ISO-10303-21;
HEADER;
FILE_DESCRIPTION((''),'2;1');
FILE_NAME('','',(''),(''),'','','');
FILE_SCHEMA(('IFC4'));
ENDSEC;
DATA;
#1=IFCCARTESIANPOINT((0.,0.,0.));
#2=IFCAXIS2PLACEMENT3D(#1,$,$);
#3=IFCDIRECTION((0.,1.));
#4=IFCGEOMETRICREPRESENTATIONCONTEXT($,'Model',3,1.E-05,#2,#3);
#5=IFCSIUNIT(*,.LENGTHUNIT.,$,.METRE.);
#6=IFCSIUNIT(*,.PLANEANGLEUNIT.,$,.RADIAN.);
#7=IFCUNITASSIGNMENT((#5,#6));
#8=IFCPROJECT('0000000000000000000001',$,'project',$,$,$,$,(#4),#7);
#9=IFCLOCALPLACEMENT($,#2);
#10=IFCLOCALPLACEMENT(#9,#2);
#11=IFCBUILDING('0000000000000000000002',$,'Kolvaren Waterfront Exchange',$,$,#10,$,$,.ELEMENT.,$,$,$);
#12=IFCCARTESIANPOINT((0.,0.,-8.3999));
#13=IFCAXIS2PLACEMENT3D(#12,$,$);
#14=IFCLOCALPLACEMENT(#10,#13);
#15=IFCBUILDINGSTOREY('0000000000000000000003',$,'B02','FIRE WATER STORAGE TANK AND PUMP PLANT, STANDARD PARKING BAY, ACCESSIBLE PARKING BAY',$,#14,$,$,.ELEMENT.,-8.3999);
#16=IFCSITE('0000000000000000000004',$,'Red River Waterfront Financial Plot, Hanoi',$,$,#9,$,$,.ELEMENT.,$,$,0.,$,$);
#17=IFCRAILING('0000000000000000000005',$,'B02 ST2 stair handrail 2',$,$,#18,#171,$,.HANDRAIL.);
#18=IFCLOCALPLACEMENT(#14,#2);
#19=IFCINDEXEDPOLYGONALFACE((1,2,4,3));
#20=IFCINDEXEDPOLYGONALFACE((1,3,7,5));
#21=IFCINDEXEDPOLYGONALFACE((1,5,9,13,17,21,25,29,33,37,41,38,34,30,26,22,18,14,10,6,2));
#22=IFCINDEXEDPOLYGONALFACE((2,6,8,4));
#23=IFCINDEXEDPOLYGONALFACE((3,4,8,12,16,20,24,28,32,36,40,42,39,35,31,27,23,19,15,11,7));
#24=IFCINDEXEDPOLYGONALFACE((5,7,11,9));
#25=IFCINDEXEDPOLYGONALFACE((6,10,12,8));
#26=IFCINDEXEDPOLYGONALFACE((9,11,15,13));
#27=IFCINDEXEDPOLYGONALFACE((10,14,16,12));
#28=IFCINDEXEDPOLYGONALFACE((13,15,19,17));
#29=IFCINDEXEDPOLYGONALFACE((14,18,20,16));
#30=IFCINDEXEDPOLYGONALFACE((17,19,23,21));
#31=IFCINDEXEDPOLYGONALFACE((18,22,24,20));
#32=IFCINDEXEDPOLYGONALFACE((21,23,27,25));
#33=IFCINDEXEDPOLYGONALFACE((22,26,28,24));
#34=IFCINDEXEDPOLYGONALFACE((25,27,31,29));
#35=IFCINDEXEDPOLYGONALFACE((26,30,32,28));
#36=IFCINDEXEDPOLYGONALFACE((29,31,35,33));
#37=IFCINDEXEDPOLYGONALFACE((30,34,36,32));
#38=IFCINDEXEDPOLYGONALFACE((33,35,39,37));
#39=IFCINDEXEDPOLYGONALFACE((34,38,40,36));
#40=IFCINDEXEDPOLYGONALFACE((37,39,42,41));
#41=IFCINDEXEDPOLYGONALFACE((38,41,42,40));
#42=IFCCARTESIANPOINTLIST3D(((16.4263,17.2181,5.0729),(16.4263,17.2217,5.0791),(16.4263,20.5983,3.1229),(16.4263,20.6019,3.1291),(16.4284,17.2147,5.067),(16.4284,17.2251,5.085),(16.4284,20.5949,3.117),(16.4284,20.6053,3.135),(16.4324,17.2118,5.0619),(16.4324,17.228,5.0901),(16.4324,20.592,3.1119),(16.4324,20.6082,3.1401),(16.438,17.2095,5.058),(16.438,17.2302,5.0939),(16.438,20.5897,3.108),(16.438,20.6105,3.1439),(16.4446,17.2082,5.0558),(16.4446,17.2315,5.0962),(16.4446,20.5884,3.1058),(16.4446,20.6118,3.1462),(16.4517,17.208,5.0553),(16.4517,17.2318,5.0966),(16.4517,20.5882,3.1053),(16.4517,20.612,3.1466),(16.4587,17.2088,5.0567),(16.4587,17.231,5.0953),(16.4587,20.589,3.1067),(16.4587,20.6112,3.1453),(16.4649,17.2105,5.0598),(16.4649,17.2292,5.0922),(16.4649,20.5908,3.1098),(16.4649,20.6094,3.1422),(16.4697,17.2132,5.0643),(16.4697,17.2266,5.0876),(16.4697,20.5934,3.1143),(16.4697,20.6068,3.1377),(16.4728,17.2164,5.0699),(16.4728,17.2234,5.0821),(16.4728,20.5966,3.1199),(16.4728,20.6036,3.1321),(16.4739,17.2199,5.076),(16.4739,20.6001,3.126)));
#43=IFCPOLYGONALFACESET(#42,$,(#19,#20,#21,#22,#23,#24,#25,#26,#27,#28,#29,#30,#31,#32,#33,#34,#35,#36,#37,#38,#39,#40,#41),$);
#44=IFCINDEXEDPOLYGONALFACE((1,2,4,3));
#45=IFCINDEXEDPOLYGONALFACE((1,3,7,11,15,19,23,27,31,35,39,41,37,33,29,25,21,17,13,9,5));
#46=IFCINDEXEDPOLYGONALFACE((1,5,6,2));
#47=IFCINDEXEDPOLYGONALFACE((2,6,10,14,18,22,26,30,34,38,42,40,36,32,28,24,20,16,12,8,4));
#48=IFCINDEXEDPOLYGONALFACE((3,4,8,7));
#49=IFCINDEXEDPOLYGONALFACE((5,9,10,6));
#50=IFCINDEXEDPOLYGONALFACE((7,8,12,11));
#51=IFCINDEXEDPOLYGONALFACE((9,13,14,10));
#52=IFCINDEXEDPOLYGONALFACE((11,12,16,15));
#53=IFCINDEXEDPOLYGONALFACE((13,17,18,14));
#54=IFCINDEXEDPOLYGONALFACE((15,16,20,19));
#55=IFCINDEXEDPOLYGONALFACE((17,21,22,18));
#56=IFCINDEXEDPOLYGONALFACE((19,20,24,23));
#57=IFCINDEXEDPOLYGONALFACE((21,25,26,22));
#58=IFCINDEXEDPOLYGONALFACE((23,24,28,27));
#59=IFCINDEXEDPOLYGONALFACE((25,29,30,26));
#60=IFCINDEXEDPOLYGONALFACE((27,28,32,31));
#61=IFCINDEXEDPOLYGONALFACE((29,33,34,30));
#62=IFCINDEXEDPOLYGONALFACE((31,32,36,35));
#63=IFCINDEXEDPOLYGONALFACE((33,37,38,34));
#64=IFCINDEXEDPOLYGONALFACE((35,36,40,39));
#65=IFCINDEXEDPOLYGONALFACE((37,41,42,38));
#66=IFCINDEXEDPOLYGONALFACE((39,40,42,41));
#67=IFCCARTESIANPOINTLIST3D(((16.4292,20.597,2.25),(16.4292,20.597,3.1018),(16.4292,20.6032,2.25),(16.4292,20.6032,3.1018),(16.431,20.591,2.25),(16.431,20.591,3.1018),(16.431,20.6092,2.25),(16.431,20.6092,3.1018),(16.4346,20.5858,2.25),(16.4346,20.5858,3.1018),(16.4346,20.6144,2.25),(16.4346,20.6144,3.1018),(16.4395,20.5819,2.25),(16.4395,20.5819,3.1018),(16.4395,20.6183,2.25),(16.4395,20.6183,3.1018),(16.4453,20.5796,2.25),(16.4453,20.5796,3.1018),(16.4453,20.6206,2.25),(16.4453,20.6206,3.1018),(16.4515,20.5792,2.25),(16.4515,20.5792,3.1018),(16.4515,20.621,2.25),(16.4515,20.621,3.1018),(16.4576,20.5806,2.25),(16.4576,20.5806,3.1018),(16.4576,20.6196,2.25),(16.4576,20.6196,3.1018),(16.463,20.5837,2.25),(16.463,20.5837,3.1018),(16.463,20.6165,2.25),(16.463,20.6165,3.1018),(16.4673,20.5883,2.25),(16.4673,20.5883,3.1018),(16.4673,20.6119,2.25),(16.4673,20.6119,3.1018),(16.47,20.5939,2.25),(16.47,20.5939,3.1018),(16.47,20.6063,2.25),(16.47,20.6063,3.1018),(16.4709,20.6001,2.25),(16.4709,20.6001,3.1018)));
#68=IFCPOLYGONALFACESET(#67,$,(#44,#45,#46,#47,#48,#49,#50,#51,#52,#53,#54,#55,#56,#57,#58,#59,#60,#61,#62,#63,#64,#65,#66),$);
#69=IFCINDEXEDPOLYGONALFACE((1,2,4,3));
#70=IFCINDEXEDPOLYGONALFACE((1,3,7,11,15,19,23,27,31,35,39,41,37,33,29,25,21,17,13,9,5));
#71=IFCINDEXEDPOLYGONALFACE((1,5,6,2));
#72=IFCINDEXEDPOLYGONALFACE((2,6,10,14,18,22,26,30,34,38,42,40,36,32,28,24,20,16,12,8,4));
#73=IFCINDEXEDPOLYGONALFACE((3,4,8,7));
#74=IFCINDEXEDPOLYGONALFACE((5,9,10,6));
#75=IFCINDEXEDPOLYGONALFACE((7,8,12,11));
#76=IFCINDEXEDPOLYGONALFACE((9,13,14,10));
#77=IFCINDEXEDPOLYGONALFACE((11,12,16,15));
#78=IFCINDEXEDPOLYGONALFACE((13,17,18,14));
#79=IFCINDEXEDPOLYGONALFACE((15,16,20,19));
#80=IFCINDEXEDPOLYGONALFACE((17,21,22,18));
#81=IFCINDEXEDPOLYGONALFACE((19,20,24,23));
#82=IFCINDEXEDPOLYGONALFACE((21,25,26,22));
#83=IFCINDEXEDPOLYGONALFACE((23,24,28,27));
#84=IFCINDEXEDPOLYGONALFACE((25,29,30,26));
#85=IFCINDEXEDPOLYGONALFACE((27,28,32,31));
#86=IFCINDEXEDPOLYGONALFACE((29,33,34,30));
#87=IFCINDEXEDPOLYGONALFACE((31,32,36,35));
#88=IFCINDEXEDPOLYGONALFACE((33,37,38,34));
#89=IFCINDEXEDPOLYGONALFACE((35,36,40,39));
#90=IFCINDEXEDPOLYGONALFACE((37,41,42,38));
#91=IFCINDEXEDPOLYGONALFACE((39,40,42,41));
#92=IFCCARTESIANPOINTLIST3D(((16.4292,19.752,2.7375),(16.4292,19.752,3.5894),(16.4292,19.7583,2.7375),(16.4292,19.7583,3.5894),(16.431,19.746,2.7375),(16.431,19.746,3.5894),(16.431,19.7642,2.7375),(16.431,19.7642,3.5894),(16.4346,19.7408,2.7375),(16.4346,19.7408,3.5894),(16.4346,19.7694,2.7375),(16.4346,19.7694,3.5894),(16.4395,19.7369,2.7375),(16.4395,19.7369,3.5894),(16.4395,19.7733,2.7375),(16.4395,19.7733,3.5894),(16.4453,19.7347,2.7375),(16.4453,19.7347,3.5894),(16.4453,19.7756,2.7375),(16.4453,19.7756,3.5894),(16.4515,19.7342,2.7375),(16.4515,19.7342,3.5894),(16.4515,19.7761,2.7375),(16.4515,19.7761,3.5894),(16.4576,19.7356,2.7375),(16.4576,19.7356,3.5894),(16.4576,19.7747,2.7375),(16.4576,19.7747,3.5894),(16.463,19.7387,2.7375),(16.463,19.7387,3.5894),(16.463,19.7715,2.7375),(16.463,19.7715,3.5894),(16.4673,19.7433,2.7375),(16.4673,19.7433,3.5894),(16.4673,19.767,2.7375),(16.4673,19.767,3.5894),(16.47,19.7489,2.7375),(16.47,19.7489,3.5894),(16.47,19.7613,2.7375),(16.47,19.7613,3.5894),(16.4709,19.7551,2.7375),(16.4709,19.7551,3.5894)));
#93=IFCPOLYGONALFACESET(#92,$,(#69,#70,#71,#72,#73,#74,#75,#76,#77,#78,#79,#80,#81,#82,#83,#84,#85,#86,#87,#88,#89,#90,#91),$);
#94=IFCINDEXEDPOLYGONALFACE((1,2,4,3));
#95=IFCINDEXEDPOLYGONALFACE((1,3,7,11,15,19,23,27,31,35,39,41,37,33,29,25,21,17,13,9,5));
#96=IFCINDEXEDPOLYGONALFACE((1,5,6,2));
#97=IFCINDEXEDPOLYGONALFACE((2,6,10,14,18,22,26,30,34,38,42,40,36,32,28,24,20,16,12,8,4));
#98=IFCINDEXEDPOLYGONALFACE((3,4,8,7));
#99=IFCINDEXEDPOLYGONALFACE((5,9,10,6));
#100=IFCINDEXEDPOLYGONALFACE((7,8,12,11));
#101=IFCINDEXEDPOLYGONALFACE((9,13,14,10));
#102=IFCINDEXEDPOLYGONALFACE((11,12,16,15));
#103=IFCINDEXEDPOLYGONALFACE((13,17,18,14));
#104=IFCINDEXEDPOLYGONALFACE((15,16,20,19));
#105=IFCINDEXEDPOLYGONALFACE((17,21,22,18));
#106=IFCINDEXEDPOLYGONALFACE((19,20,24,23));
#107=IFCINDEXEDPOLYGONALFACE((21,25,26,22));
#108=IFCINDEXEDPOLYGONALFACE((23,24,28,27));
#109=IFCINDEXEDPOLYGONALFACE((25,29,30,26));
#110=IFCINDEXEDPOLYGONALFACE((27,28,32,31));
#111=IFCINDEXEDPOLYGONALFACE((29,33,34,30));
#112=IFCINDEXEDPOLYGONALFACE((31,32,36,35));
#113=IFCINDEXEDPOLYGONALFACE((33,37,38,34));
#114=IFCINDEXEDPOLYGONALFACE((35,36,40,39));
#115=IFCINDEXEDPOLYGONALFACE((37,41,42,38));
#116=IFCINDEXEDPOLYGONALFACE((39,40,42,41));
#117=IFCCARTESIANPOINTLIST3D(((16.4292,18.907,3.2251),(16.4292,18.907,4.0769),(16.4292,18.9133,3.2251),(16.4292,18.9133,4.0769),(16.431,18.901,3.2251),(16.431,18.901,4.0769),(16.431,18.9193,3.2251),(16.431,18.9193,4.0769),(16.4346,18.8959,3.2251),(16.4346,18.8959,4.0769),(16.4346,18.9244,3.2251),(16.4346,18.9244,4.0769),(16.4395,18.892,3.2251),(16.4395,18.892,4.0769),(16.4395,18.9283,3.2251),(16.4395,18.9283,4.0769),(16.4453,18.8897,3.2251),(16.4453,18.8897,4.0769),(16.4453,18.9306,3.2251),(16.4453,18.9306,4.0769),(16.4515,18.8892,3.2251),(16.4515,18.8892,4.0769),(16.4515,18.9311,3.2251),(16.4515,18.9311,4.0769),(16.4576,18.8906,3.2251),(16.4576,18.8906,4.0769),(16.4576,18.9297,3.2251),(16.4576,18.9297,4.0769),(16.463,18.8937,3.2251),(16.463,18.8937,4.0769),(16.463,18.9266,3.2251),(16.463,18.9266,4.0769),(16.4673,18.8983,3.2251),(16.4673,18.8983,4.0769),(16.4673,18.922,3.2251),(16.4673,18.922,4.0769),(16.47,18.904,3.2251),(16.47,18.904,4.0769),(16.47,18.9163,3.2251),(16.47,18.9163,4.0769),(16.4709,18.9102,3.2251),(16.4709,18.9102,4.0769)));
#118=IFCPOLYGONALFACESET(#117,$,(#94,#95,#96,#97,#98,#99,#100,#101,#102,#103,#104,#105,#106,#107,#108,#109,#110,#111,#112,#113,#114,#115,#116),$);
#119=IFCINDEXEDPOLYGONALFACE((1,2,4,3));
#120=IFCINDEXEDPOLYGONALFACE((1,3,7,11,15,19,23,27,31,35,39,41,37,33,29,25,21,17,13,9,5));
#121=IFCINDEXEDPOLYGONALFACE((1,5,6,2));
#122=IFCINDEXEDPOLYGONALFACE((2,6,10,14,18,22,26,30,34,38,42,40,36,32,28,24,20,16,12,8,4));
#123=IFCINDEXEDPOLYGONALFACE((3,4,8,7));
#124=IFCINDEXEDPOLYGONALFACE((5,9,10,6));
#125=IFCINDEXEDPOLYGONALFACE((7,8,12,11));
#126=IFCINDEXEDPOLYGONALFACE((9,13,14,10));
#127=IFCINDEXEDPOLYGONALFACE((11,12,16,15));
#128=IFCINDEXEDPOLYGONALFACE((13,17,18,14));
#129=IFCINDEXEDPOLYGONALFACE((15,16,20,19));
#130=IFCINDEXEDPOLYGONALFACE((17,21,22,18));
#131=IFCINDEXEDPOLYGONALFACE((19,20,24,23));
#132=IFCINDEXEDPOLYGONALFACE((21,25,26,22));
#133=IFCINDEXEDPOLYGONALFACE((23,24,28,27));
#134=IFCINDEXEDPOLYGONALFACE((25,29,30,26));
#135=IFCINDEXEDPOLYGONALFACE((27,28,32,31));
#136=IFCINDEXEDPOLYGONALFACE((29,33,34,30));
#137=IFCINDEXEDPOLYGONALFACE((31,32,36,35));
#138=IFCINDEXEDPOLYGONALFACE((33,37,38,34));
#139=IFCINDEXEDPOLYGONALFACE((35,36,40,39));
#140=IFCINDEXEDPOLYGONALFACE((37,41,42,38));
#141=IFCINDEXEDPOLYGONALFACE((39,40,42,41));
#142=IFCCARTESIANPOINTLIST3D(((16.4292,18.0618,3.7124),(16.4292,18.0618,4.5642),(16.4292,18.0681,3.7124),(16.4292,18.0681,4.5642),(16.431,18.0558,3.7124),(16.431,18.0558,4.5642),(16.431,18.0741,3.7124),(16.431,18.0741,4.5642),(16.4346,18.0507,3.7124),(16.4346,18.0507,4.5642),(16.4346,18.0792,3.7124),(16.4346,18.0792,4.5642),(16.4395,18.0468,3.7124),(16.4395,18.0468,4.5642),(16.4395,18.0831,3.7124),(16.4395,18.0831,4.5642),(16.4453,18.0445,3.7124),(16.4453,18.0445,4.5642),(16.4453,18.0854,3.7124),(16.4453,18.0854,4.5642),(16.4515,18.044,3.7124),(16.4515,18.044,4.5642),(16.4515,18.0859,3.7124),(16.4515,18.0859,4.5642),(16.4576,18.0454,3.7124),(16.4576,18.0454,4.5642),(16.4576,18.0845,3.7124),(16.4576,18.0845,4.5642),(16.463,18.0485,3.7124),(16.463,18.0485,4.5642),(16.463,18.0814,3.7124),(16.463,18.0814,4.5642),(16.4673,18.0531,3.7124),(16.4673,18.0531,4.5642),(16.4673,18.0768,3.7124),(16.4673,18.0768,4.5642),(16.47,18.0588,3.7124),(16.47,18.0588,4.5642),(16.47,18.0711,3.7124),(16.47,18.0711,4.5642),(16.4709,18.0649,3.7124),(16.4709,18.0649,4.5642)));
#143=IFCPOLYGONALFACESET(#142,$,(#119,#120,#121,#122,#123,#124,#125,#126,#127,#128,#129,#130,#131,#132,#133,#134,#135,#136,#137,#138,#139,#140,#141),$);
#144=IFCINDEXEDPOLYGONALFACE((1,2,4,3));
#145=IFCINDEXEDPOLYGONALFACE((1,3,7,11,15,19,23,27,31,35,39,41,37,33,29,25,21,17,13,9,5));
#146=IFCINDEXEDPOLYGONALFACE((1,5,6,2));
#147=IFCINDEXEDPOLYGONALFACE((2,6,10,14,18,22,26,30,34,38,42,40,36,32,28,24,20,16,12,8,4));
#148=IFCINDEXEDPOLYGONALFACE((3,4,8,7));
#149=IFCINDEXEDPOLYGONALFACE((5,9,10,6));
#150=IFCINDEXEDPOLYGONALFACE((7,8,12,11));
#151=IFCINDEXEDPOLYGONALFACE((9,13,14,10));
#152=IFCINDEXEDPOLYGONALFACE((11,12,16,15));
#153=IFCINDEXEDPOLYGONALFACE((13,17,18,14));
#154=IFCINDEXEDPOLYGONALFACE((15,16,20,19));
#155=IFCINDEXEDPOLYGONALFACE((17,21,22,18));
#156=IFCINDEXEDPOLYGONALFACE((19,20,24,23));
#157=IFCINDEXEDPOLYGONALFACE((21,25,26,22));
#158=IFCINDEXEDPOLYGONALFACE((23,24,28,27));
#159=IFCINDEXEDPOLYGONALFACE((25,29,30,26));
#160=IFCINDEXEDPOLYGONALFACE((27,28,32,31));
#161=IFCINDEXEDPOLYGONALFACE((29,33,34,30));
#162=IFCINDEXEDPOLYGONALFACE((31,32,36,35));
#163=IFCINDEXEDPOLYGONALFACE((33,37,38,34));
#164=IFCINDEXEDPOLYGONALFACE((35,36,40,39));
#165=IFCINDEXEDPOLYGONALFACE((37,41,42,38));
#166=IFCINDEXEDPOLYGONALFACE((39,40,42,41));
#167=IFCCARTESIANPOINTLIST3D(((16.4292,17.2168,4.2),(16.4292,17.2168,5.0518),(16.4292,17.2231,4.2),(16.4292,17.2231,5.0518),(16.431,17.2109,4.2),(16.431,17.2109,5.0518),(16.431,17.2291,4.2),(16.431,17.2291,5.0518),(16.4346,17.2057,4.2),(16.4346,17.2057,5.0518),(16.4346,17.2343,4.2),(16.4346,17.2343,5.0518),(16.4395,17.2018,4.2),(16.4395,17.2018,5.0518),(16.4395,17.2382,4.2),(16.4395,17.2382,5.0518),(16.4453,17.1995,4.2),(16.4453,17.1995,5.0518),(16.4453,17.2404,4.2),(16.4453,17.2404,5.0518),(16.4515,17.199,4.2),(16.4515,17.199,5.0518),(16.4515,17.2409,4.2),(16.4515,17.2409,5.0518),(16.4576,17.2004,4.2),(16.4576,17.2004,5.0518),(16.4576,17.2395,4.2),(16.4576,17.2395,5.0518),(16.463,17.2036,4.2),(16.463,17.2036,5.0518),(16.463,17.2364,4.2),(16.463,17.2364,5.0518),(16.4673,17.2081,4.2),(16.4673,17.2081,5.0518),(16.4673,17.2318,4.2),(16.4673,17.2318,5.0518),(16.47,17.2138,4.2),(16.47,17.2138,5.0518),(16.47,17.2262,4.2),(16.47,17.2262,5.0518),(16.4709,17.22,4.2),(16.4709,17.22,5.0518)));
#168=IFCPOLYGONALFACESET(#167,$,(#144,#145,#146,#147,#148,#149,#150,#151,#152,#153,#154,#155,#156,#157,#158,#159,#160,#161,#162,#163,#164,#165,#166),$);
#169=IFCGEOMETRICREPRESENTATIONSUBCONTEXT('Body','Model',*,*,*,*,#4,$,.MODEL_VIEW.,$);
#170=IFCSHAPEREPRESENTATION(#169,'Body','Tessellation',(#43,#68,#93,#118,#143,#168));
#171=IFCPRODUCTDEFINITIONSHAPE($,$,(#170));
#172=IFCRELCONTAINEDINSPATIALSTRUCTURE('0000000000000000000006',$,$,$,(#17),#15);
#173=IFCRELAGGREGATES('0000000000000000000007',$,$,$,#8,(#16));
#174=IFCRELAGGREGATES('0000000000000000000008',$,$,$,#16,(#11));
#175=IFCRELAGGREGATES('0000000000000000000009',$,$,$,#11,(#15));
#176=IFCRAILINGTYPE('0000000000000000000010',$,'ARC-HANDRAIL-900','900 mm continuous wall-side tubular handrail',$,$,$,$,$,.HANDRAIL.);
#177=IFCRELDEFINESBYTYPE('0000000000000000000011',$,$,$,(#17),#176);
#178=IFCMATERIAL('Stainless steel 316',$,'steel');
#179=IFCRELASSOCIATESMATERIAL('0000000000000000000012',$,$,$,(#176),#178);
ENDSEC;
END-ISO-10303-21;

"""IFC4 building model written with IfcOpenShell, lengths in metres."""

from ifc_helpers import new_model, si_unit, direction, frame, origin, origin_2d, place, context, subcontext, project, spatial, circle, extrude, material, type_object, element, save


model = new_model("IFC4")

# Units and contexts
model_context = context("Model", 3, precision=1e-05, world=origin(), true_north=direction((0.0, 1.0)))
body_context = subcontext(model_context, "Body", "Model", "MODEL_VIEW")
ifc_project = project(units=[si_unit("LENGTHUNIT", "METRE"), si_unit("PLANEANGLEUNIT", "RADIAN")], contexts=[model_context])

# Site, building, storey
site_placement = place(None, origin())
site = spatial("IfcSite", under=ifc_project, at=site_placement, Name="Red River Waterfront Financial Plot, Hanoi", CompositionType="ELEMENT", RefElevation=0.0)
building_placement = place(site_placement, origin())
building = spatial("IfcBuilding", under=site, at=building_placement, Name="Kolvaren Waterfront Exchange", CompositionType="ELEMENT")
storey_placement = place(building_placement, frame((0.0, 0.0, -8.3999)))
storey = spatial("IfcBuildingStorey", under=building, at=storey_placement, Name="B02", Description="FIRE WATER STORAGE TANK AND PUMP PLANT, STANDARD PARKING BAY, ACCESSIBLE PARKING BAY", CompositionType="ELEMENT", Elevation=-8.3999)

# Railing
ifc_material_1 = material(Name="Stainless steel 316", Category="steel")
railing_type_1 = type_object("IfcRailingType", Name="ARC-HANDRAIL-900", Description="900 mm continuous wall-side tubular handrail", PredefinedType="HANDRAIL", material=ifc_material_1)
railing_1_placement = place(storey_placement, frame((16.45, 20.6001, 2.25)))
element("IfcRailing", 1, at=railing_1_placement, inside=storey, type_object=railing_type_1, Name="B02 ST2 stair handrail 2", PredefinedType="HANDRAIL", context=body_context, shape_type="SweptSolid", body=[
    extrude(circle(Radius=0.0239, at=origin_2d()), frame((0.0, 0.0, 0.876), z_axis=(0.0, -0.866199, 0.499699), x_axis=(1.0, 0.0, 0.0)), (0.0, 0.0, 1.0), 3.9023),
    extrude(circle(Radius=0.021, at=origin_2d()), origin(), (0.0, 0.0, 1.0), 0.8518),
    extrude(circle(Radius=0.021, at=origin_2d()), frame((0.0, -0.845, 0.4875)), (0.0, 0.0, 1.0), 0.8518),
    extrude(circle(Radius=0.021, at=origin_2d()), frame((0.0, -1.6899, 0.9751)), (0.0, 0.0, 1.0), 0.8518),
    extrude(circle(Radius=0.021, at=origin_2d()), frame((0.0, -2.5352, 1.4624)), (0.0, 0.0, 1.0), 0.8518),
    extrude(circle(Radius=0.021, at=origin_2d()), frame((0.0, -3.3801, 1.95)), (0.0, 0.0, 1.0), 0.8518),
])

save(model, "model.ifc")
